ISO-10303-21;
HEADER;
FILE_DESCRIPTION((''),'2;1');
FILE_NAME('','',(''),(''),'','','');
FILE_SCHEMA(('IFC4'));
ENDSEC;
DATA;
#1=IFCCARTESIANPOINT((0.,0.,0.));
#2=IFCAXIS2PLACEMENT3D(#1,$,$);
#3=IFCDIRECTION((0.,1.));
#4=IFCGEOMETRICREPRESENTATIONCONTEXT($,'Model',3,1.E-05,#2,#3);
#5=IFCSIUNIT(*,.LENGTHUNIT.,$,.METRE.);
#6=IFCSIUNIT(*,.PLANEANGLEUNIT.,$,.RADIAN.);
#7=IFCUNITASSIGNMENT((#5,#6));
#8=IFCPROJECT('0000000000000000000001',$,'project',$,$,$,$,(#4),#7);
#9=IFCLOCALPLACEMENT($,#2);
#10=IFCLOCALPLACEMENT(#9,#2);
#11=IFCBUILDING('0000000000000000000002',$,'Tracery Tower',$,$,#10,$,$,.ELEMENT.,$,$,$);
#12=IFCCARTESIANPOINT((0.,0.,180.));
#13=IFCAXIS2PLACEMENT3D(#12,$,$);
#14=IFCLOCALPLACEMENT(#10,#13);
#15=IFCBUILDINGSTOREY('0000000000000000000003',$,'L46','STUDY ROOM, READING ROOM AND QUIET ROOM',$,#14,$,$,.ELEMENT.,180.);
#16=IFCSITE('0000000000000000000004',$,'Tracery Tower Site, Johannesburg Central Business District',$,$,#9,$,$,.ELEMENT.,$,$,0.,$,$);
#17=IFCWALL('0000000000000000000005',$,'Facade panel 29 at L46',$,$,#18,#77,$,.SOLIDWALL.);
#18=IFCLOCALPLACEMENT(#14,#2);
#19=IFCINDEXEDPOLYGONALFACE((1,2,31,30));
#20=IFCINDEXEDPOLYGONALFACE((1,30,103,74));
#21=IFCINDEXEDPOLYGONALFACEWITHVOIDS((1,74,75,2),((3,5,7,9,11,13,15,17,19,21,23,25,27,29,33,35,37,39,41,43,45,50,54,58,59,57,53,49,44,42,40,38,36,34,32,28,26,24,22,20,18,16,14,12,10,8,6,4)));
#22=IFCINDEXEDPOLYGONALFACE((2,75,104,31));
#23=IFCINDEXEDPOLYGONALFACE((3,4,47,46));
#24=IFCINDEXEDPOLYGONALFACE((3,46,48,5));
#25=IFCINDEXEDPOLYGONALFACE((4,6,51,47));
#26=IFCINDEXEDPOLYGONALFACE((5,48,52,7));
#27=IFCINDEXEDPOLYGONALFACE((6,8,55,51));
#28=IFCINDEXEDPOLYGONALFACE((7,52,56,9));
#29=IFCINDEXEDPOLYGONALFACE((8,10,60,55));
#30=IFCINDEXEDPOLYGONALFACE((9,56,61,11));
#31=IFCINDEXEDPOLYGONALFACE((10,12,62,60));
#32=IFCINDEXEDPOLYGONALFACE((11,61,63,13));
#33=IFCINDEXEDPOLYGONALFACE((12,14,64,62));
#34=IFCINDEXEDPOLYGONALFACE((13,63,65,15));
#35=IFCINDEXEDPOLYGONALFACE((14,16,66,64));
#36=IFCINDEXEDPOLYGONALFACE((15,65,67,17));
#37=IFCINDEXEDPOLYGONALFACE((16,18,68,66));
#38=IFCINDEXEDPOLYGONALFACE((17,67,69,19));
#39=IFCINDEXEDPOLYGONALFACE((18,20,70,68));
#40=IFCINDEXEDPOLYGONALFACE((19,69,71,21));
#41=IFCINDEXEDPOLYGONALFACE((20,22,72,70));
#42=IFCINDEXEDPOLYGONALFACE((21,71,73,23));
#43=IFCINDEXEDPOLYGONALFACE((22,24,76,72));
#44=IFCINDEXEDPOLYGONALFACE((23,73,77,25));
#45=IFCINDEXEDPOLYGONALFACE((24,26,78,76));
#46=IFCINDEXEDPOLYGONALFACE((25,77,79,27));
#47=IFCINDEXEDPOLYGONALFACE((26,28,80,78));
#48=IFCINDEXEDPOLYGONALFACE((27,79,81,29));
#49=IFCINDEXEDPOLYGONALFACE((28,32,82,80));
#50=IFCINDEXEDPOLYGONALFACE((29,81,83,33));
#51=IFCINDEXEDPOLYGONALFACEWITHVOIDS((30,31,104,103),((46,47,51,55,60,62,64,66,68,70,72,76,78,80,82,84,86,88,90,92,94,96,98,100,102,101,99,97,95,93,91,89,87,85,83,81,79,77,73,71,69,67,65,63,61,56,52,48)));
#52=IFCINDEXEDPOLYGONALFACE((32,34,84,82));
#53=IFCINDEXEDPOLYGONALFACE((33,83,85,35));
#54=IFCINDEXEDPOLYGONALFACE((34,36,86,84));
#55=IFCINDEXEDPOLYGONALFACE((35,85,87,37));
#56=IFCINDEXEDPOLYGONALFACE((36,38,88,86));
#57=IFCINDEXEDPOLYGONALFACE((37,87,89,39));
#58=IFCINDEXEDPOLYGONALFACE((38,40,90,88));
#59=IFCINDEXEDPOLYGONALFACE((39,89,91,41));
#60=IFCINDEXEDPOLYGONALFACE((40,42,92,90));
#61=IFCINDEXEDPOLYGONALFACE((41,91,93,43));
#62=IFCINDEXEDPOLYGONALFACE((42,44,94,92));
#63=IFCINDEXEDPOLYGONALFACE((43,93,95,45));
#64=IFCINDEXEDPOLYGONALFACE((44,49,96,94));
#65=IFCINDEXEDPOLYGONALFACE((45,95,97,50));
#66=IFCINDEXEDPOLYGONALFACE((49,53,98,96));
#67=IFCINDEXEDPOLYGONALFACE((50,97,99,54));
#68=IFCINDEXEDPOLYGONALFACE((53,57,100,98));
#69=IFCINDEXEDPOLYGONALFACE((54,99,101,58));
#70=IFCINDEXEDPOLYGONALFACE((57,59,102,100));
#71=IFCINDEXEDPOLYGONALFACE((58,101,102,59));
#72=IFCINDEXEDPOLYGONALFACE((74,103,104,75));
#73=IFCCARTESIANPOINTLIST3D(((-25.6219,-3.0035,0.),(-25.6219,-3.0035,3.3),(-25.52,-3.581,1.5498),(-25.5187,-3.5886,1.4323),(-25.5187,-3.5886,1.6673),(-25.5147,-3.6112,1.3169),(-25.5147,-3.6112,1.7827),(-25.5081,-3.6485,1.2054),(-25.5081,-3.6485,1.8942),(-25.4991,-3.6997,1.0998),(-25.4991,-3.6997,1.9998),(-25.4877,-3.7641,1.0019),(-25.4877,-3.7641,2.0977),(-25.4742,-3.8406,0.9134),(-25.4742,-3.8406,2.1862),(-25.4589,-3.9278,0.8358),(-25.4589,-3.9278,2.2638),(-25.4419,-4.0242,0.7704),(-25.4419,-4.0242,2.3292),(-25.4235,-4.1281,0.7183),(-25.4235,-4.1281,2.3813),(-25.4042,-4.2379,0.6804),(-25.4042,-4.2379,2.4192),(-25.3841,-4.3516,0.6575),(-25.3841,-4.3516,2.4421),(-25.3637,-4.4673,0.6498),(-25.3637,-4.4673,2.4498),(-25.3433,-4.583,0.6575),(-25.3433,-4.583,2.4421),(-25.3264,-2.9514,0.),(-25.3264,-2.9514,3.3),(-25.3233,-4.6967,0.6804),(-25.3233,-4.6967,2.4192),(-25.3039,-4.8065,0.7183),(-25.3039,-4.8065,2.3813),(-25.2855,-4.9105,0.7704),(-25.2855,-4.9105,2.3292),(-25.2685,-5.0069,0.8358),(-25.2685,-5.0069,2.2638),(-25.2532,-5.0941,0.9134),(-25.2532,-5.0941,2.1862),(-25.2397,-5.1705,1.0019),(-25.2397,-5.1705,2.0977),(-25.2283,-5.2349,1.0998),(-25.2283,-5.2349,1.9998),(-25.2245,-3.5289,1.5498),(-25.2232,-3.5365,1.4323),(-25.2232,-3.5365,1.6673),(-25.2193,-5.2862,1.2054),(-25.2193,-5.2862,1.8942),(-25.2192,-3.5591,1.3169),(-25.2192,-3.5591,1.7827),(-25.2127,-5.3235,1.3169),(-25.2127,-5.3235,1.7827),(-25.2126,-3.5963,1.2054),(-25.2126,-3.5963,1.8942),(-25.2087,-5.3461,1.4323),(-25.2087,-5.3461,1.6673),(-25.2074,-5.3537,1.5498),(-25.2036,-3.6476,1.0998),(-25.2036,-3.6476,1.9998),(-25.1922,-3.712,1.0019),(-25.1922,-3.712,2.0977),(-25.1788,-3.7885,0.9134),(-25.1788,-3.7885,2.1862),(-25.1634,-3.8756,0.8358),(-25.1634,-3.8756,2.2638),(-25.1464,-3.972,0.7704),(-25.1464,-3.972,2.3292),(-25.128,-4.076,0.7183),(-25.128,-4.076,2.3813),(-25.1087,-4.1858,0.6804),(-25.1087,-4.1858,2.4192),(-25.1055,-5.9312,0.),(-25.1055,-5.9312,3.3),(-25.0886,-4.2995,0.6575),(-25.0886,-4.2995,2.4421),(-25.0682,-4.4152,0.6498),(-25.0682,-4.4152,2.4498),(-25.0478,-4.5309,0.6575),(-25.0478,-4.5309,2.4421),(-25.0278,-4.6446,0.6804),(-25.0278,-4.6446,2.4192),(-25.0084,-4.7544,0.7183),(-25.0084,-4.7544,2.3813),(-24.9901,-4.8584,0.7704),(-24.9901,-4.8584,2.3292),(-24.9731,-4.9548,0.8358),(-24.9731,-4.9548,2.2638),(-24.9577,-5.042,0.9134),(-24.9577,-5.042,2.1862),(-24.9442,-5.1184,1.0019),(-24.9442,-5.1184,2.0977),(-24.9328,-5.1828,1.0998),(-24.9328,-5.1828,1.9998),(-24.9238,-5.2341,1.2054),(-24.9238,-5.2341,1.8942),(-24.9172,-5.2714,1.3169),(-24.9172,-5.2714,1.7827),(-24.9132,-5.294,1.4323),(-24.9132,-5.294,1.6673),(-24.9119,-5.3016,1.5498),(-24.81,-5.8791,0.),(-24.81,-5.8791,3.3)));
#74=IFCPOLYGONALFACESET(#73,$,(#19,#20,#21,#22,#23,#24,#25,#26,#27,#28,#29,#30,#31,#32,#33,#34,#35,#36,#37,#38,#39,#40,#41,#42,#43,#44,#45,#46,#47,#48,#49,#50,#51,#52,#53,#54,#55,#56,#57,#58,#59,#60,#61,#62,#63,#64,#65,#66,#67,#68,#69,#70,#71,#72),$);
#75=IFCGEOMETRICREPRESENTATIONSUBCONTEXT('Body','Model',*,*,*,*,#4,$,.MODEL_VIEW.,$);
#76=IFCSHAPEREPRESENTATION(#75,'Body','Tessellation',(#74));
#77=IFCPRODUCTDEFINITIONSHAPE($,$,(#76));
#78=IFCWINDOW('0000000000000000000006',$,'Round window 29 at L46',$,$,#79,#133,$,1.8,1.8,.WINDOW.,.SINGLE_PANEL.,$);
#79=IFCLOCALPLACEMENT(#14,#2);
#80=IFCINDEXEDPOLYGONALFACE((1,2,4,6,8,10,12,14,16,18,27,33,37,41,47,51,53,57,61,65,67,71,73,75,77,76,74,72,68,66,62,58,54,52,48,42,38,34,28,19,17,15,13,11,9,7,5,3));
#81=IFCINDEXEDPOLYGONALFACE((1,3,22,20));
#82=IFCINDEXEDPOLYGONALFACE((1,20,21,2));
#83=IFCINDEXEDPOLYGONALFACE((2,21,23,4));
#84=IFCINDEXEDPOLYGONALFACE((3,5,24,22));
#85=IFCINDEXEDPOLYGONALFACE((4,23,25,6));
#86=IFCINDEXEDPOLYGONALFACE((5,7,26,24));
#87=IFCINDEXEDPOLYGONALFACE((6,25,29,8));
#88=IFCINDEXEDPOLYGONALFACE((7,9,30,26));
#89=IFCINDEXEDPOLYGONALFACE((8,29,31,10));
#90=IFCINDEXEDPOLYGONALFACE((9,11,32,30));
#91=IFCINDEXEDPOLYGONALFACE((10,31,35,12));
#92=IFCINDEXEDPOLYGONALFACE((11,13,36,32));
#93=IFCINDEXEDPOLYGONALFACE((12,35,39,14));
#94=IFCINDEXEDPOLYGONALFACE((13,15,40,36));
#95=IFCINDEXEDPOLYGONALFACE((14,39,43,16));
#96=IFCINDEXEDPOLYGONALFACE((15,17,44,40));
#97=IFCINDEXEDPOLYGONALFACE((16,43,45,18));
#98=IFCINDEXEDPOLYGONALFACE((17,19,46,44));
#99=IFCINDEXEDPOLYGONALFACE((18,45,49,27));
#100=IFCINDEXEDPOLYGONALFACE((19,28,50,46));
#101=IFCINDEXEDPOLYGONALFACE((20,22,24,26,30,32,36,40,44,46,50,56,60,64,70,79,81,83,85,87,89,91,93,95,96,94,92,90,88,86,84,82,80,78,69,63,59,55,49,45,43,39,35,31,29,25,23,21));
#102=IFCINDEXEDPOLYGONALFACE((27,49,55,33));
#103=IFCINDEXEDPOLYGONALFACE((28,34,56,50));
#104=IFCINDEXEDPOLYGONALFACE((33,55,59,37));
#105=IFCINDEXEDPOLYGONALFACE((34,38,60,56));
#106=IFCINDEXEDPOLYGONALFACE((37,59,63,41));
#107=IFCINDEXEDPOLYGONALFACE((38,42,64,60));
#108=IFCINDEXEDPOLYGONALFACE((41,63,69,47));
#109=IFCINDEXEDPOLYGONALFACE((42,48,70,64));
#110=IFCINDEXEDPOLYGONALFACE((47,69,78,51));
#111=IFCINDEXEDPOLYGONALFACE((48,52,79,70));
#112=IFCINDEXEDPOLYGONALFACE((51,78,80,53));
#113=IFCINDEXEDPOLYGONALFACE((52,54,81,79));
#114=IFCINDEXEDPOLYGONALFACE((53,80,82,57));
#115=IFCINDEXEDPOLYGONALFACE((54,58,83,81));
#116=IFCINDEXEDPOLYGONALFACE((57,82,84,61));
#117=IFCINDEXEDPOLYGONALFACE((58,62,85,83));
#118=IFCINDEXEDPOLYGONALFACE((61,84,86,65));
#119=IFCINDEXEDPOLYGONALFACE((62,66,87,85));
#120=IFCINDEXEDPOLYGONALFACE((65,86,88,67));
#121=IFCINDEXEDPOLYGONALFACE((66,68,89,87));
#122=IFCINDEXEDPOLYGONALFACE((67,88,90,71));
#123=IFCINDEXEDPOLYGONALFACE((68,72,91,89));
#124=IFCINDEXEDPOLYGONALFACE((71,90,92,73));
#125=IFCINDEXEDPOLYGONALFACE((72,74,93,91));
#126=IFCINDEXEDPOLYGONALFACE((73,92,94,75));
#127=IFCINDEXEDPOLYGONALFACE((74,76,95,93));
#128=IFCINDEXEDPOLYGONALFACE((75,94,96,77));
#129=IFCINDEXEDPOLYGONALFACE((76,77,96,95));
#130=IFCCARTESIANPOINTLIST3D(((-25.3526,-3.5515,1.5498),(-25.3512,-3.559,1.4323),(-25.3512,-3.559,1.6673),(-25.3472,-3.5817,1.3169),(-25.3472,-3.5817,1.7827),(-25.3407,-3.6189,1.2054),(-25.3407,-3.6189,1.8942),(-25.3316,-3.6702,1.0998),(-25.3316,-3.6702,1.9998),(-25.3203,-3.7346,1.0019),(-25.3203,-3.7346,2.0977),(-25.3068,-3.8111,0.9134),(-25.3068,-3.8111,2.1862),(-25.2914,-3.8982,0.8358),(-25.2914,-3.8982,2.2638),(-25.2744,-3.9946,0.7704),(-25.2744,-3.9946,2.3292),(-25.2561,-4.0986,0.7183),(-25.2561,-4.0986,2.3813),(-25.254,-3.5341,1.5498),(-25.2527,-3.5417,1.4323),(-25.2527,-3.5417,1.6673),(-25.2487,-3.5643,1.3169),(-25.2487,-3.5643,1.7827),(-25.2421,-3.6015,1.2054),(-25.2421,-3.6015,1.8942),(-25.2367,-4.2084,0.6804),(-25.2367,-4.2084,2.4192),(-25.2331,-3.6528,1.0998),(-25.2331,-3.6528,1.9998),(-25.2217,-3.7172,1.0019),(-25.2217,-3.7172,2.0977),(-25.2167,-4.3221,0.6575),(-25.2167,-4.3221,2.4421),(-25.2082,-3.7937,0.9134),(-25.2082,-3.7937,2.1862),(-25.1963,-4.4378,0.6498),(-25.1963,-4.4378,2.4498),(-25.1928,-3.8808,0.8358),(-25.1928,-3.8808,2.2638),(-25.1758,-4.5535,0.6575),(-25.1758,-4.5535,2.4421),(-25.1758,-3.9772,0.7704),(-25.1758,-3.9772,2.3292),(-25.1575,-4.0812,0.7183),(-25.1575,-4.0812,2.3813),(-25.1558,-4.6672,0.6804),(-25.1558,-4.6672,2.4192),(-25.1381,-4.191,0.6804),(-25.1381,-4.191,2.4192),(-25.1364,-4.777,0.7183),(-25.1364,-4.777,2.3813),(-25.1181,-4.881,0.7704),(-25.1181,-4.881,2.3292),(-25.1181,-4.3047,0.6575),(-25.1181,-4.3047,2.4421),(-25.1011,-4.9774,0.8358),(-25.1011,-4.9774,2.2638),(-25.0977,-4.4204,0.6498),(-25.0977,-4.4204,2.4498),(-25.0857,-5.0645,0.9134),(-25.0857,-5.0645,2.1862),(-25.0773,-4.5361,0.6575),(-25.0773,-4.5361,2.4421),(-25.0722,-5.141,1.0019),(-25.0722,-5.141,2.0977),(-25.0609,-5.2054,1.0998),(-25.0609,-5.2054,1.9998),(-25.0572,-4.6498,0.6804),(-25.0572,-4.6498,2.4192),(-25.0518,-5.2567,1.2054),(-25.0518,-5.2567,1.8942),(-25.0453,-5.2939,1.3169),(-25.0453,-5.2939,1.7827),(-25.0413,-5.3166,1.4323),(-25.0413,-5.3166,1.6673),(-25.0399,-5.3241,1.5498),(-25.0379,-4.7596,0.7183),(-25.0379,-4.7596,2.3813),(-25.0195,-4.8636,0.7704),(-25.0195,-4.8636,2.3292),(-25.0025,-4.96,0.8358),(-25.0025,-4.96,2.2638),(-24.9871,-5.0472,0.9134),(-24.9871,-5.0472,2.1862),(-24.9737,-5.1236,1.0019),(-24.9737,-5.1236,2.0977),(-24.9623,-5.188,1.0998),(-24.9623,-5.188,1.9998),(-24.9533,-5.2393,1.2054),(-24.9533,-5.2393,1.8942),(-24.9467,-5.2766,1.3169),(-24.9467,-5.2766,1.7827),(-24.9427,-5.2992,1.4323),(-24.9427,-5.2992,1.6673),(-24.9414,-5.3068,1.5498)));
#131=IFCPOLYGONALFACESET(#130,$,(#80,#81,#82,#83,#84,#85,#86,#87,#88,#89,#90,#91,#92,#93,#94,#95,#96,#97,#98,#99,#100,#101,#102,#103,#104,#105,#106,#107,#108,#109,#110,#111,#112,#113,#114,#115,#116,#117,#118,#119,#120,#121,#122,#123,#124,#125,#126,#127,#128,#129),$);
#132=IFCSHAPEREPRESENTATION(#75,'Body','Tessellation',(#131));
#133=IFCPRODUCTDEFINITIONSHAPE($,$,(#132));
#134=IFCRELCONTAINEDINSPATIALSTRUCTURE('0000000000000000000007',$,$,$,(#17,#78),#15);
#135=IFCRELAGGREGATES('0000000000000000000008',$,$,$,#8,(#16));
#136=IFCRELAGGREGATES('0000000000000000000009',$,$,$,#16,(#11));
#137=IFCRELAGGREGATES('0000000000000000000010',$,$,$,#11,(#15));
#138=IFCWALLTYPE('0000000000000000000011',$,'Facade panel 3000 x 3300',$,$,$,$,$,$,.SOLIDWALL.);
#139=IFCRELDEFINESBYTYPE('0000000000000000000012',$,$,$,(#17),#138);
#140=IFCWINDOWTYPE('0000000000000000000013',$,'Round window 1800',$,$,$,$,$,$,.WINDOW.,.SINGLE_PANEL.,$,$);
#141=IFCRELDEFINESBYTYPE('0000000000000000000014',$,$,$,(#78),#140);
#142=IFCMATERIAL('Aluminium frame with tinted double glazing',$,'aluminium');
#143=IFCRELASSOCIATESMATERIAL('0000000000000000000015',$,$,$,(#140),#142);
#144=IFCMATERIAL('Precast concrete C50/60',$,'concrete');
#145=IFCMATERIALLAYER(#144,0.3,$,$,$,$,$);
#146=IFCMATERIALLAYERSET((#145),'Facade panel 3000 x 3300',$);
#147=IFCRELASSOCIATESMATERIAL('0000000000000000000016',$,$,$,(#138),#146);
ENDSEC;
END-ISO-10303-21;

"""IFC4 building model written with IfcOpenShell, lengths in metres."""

from ifc_helpers import new_model, si_unit, direction, frame, frame_2d, origin, origin_2d, place, context, subcontext, project, spatial, rectangle, circle, extrude, material, layer, layer_set, type_object, element, fill, save


model = new_model("IFC4")

# Units and contexts
model_context = context("Model", 3, precision=1e-05, world=origin(), true_north=direction((0.0, 1.0)))
body_context = subcontext(model_context, "Body", "Model", "MODEL_VIEW")
ifc_project = project(units=[si_unit("LENGTHUNIT", "METRE"), si_unit("PLANEANGLEUNIT", "RADIAN")], contexts=[model_context])

# Site, building, storey
site_placement = place(None, origin())
site = spatial("IfcSite", under=ifc_project, at=site_placement, Name="Tracery Tower Site, Johannesburg Central Business District", CompositionType="ELEMENT", RefElevation=0.0)
building_placement = place(site_placement, origin())
building = spatial("IfcBuilding", under=site, at=building_placement, Name="Tracery Tower", CompositionType="ELEMENT")
storey_placement = place(building_placement, frame((0.0, 0.0, 180.0)))
storey = spatial("IfcBuildingStorey", under=building, at=storey_placement, Name="L46", Description="STUDY ROOM, READING ROOM AND QUIET ROOM", CompositionType="ELEMENT", Elevation=180.0)

# Wall, opening, window
ifc_material_1 = material(Name="Aluminium frame with tinted double glazing", Category="aluminium")
window_type = type_object("IfcWindowType", Name="Round window 1800", PartitioningType="SINGLE_PANEL", PredefinedType="WINDOW", material=ifc_material_1)
ifc_material_2 = material(Name="Precast concrete C50/60", Category="concrete")
ifc_layer_1 = layer(ifc_material_2, 0.3)
ifc_layer_set_1 = layer_set([ifc_layer_1], Name="Facade panel 3000 x 3300")
wall_type_1 = type_object("IfcWallType", Name="Facade panel 3000 x 3300", PredefinedType="SOLIDWALL", material=ifc_layer_set_1)
wall_1_placement = place(storey_placement, frame((-25.4741, -2.9775, 0.0), z_axis=(0.0, 0.0, 1.0), x_axis=(0.173687, -0.984801, 0.0)))
wall_1 = element("IfcWall", 1, at=wall_1_placement, inside=storey, type_object=wall_type_1, Name="Facade panel 29 at L46", PredefinedType="SOLIDWALL", context=body_context, shape_type="SweptSolid", body=[
    extrude(rectangle(XDim=2.9729, YDim=0.3, at=frame_2d((1.4863, 0.0))), origin(), (0.0, 0.0, 1.0), 3.3),
])
opening_1_placement = place(wall_1_placement, frame((1.4863, 0.0, 1.5498)))
opening_1 = element("IfcOpeningElement", 2, at=opening_1_placement, cuts=wall_1, PredefinedType="OPENING", context=body_context, shape_type="SweptSolid", body=[
    extrude(circle(Radius=0.9, at=origin_2d()), frame((0.0, 0.1599, 0.0), z_axis=(0.0, -1.0, 0.0), x_axis=(1.0, 0.0, 0.0)), (0.0, 0.0, 1.0), 0.3201),
])
window_1_placement = place(opening_1_placement, origin())
window_1 = element("IfcWindow", 3, at=window_1_placement, inside=storey, type_object=window_type, Name="Round window 29 at L46", OverallHeight=1.8, OverallWidth=1.8, PartitioningType="SINGLE_PANEL", PredefinedType="WINDOW", context=body_context, shape_type="SweptSolid", body=[
    extrude(circle(Radius=0.9, at=origin_2d()), frame((0.0, 0.1201, 0.0), z_axis=(0.0, -1.0, 0.0), x_axis=(1.0, 0.0, 0.0)), (0.0, 0.0, 1.0), 0.1001),
])
fill(opening_1, window_1)

save(model, "model.ifc")
